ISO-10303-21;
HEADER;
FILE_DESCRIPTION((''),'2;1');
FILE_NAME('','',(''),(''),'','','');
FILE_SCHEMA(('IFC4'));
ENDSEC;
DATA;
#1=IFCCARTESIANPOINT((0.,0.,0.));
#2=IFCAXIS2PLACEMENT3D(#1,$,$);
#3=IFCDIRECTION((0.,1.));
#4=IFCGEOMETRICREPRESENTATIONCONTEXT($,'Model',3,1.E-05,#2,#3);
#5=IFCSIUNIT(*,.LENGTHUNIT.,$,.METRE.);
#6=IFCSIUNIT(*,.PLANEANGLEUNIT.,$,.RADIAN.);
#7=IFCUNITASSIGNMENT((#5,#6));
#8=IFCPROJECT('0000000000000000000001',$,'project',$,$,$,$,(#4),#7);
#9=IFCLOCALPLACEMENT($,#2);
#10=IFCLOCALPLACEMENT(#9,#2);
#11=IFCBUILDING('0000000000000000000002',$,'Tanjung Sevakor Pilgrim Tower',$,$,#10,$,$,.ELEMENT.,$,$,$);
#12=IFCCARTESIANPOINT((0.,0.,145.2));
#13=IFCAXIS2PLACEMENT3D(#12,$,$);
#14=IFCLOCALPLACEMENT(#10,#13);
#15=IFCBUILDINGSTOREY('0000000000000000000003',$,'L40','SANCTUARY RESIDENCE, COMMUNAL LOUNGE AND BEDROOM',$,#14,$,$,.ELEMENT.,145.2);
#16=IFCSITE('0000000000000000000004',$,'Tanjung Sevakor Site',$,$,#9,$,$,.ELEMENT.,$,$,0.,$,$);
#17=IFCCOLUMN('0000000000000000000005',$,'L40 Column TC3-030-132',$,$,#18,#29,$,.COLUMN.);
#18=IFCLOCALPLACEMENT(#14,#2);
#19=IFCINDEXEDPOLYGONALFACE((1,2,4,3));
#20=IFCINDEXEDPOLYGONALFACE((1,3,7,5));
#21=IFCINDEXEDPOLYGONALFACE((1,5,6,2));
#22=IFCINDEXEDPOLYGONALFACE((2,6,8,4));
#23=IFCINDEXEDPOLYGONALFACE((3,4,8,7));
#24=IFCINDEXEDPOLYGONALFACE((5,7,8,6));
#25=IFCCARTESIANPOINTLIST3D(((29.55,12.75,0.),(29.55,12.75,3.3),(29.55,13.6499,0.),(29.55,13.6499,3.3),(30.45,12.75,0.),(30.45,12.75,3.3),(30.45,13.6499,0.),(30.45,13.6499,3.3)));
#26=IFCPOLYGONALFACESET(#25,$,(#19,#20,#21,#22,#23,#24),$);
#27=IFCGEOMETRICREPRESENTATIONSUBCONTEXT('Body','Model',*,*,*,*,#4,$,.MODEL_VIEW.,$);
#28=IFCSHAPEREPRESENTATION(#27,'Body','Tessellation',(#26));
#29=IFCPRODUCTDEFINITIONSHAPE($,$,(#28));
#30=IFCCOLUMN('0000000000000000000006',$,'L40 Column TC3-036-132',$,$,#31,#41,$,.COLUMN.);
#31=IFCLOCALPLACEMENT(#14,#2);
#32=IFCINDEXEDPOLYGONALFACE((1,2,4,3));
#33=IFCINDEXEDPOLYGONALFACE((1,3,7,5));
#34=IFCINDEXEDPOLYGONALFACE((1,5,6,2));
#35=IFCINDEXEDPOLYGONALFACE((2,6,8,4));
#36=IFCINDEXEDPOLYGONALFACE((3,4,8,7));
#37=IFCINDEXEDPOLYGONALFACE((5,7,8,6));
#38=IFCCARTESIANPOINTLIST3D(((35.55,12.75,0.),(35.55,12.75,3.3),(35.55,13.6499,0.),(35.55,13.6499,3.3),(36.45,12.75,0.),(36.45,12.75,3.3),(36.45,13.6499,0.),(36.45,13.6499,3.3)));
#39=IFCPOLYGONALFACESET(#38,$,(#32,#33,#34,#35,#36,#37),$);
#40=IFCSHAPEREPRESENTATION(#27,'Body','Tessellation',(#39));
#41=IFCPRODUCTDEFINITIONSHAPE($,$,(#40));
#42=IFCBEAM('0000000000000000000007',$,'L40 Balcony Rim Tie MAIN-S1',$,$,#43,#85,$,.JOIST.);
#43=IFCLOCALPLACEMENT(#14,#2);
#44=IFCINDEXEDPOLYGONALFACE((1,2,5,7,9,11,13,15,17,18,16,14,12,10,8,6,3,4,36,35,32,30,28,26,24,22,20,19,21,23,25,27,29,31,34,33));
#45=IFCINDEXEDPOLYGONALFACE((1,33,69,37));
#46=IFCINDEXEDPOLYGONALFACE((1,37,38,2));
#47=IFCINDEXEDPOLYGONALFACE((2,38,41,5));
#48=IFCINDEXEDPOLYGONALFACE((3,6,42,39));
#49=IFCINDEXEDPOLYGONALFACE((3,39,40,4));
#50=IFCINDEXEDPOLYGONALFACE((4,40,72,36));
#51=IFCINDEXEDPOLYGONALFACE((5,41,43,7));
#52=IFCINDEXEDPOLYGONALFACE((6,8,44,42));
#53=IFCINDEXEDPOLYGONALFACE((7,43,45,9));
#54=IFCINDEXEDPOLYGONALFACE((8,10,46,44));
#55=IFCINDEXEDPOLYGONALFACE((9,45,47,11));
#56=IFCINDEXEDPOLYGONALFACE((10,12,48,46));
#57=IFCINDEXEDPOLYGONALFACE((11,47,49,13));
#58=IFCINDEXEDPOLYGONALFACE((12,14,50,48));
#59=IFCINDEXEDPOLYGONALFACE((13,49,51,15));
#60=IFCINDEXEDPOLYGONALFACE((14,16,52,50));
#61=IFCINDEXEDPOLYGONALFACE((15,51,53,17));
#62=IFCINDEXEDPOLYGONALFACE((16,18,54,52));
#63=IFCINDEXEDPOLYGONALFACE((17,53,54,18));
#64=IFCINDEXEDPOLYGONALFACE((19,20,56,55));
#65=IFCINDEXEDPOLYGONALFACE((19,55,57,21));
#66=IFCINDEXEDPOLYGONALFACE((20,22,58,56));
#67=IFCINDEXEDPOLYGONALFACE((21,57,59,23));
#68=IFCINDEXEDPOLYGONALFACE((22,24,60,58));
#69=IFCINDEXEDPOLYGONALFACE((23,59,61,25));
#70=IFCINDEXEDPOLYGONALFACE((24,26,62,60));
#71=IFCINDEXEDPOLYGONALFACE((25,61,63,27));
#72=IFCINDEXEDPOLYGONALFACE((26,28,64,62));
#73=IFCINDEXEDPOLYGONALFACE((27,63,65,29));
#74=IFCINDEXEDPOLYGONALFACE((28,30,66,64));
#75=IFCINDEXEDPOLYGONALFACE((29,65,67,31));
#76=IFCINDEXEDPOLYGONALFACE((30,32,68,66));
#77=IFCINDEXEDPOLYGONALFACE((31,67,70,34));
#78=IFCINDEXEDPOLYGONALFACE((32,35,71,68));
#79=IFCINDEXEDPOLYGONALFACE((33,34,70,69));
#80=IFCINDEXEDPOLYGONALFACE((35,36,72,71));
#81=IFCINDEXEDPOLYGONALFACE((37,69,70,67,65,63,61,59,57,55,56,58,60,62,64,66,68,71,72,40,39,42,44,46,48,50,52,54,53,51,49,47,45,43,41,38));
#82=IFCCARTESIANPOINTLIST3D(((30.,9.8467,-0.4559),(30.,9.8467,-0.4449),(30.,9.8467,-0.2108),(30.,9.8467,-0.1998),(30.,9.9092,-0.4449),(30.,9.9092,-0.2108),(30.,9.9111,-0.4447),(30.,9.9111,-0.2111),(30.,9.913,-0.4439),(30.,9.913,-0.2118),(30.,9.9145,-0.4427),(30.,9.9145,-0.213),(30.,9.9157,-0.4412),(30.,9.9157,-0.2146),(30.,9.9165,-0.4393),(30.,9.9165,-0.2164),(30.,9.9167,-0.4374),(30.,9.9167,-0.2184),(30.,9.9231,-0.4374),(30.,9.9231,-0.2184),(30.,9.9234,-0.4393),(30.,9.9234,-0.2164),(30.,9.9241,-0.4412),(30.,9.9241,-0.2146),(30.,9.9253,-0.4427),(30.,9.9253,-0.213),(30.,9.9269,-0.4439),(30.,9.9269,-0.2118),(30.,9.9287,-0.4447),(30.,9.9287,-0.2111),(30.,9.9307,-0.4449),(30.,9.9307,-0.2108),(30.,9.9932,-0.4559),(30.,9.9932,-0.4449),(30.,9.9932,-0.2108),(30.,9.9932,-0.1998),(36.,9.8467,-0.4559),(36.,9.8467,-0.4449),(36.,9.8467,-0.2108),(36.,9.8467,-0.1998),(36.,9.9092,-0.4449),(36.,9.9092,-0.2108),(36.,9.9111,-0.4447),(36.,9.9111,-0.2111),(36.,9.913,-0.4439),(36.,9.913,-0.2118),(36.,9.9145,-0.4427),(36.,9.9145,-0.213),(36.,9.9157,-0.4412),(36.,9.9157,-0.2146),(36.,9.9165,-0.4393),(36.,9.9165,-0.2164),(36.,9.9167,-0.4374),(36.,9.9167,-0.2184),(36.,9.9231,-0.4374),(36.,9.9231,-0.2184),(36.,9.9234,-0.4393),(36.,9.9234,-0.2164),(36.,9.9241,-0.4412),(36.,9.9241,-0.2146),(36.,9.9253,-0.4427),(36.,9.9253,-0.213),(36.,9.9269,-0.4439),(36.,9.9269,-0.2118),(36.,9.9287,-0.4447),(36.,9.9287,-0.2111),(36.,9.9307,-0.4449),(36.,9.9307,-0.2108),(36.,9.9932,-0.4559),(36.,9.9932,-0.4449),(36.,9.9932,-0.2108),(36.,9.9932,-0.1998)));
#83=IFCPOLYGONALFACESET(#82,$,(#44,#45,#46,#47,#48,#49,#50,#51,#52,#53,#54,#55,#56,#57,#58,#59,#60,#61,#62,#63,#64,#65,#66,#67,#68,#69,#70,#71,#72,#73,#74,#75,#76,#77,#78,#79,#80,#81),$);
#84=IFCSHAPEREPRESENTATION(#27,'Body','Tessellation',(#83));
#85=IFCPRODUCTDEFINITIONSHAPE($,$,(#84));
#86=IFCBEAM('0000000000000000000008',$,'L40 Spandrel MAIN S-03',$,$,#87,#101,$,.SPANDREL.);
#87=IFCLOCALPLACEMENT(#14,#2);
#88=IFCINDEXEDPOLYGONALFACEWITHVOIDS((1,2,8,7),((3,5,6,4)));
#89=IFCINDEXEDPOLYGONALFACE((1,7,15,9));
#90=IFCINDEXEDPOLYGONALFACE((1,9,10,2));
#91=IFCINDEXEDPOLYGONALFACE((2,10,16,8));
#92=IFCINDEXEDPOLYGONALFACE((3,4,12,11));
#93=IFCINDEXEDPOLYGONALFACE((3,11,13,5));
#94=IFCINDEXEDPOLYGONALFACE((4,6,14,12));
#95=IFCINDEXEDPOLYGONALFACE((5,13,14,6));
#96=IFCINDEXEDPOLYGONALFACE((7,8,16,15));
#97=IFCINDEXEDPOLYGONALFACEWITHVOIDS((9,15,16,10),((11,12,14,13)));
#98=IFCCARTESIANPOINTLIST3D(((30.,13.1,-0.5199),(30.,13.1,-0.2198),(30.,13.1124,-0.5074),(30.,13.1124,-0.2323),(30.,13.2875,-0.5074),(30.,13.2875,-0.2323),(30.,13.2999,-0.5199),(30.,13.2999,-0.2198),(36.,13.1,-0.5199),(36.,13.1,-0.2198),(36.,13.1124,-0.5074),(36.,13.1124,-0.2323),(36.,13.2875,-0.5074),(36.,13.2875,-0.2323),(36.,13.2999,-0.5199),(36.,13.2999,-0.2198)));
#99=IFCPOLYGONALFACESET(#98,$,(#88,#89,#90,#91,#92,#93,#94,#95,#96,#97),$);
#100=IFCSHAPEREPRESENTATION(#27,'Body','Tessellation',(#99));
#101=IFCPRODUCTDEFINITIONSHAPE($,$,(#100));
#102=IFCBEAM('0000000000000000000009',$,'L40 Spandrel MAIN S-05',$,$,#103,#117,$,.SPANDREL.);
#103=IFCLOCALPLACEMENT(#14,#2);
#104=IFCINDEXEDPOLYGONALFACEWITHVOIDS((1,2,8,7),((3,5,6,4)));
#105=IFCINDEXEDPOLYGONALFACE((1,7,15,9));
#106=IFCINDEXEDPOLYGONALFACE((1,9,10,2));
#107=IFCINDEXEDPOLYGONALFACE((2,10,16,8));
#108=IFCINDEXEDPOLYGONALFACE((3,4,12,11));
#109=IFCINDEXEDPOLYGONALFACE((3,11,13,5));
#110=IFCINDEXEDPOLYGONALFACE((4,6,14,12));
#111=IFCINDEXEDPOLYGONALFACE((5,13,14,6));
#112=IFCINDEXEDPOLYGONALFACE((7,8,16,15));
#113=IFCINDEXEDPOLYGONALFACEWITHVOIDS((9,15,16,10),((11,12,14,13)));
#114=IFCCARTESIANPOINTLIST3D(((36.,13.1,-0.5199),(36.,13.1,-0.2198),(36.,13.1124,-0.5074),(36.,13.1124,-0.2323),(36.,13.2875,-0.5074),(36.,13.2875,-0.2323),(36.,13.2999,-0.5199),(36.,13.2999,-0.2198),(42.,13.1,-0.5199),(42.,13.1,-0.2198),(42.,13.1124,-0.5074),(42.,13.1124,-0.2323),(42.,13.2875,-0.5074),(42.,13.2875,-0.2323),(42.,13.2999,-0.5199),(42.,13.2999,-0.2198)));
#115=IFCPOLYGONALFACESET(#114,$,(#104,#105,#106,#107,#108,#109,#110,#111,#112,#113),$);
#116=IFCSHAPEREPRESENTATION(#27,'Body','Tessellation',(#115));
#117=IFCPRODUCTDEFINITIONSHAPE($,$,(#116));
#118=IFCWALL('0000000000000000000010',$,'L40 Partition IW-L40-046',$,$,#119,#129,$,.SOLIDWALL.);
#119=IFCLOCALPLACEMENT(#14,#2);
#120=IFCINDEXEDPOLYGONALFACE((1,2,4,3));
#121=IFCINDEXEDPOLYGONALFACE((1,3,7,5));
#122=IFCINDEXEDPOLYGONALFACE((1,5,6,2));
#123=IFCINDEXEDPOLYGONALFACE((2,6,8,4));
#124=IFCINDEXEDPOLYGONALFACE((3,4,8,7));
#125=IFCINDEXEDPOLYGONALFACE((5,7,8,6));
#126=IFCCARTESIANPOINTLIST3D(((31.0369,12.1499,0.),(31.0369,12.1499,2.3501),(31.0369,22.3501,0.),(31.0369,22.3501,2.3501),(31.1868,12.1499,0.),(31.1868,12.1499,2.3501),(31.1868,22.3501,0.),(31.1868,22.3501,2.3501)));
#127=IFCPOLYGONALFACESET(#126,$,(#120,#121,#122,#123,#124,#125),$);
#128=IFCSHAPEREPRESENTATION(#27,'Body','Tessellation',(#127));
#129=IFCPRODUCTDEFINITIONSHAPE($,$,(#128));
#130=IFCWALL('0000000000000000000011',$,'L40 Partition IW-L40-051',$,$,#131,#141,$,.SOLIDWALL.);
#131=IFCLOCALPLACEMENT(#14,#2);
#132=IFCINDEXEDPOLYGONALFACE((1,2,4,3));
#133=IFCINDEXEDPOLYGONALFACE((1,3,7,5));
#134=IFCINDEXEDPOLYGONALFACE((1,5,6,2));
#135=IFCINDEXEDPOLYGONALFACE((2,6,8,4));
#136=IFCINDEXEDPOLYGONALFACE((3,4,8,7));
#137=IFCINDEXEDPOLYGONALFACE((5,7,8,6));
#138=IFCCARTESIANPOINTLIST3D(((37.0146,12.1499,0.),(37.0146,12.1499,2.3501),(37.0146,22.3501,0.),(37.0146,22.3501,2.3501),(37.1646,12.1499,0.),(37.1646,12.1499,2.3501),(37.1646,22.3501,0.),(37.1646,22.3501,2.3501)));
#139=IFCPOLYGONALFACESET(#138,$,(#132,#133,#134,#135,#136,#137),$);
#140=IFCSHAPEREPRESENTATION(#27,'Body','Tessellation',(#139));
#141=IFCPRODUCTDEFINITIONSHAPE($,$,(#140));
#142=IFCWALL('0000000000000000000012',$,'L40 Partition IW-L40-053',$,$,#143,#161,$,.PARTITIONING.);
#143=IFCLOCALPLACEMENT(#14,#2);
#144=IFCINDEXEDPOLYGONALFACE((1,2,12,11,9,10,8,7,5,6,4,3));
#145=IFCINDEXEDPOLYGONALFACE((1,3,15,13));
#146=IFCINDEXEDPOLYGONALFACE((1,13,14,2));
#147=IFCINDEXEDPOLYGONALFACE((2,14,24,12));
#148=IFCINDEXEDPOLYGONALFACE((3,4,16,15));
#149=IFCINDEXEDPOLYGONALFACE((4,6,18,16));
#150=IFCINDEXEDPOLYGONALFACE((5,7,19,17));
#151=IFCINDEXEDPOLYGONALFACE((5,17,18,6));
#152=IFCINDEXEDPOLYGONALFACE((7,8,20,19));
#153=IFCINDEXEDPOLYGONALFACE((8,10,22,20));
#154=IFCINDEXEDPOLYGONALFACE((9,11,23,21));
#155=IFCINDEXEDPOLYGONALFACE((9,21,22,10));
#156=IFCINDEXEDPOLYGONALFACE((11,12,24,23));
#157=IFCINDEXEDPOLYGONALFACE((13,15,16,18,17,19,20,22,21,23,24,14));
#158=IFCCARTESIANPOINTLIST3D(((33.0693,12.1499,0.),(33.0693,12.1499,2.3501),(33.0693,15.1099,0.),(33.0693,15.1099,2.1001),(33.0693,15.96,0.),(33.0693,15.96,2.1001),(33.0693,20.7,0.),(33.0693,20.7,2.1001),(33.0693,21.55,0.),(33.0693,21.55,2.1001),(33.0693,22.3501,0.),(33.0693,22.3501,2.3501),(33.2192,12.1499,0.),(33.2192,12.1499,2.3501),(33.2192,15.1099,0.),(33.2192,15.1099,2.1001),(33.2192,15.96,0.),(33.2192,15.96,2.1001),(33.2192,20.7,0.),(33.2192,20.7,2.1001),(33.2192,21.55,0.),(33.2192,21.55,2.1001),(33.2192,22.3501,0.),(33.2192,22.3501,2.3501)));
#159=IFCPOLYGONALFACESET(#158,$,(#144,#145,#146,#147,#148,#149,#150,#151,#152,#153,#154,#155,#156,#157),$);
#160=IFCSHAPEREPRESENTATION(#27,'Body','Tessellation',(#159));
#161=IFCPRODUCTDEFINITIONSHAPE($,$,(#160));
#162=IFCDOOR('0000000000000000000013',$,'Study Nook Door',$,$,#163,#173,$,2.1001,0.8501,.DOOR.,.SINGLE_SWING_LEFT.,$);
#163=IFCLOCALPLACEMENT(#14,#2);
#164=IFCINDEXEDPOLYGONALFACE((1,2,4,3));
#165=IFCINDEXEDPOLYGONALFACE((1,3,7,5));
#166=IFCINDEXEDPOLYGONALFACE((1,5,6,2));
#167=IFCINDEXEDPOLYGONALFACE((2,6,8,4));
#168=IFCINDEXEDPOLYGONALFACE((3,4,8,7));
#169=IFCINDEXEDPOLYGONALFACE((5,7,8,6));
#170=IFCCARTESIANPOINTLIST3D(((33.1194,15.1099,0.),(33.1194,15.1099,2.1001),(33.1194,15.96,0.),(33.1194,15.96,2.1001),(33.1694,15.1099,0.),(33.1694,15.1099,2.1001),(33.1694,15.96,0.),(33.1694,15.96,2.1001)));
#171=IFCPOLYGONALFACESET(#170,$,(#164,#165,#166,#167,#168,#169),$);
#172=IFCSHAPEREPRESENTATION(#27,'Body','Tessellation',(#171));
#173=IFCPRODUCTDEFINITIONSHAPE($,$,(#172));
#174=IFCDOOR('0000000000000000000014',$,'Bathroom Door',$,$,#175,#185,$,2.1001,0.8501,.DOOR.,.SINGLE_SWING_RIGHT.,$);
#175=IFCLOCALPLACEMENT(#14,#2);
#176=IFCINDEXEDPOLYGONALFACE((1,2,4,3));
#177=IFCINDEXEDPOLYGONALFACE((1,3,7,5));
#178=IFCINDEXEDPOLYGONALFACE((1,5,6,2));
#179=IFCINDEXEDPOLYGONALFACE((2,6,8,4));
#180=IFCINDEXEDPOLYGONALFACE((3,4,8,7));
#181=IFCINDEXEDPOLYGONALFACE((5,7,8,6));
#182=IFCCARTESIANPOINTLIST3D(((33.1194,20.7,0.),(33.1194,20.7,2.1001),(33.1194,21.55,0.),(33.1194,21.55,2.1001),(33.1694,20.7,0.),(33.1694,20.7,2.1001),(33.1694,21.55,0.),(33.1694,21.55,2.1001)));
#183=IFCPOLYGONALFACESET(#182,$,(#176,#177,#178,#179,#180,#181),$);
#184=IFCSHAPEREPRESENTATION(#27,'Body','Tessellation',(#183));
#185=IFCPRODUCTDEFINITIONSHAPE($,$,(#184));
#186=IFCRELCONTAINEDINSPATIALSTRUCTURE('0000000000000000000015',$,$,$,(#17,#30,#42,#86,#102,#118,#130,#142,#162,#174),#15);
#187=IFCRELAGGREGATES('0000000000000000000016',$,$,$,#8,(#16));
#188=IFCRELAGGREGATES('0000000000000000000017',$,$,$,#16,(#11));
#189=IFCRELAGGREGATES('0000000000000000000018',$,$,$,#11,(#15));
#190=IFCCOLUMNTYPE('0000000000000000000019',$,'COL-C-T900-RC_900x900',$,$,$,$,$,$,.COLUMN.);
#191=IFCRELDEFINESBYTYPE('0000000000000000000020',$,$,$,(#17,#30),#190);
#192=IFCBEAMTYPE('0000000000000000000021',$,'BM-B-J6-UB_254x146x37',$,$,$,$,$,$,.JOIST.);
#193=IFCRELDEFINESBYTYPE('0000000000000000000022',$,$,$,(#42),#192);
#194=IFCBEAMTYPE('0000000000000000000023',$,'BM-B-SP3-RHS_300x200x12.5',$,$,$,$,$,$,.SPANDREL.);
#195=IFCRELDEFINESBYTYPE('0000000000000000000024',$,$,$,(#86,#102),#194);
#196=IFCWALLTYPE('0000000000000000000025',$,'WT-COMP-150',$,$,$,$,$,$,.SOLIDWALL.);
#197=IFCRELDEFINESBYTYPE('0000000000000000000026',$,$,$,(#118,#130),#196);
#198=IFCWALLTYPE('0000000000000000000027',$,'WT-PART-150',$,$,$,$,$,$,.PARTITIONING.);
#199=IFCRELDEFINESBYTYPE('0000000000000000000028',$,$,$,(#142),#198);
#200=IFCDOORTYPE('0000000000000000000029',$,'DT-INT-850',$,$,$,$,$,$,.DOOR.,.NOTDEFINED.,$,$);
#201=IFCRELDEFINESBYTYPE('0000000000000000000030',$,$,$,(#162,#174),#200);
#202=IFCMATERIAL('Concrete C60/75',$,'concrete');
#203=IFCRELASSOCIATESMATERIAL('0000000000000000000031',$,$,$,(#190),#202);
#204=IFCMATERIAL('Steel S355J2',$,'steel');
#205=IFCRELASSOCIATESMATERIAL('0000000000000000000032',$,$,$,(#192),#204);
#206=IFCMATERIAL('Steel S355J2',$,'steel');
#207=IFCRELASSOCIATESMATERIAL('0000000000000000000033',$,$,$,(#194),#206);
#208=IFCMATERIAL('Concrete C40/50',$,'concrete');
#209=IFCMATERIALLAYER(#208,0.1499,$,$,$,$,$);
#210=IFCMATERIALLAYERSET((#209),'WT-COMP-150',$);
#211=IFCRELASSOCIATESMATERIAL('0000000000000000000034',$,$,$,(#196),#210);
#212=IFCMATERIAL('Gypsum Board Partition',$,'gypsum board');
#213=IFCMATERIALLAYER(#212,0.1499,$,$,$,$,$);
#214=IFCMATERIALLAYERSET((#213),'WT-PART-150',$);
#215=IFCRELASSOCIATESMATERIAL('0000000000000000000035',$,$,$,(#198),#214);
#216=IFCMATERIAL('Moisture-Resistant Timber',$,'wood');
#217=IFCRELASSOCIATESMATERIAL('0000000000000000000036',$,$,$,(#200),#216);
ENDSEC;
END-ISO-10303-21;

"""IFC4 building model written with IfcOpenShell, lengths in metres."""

from ifc_helpers import new_model, si_unit, direction, frame, frame_2d, origin, origin_2d, place, context, subcontext, project, spatial, rectangle, hollow_rectangle, i_section, extrude, material, layer, layer_set, material_profile, profile_set, type_object, element, fill, save


model = new_model("IFC4")

# Units and contexts
model_context = context("Model", 3, precision=1e-05, world=origin(), true_north=direction((0.0, 1.0)))
body_context = subcontext(model_context, "Body", "Model", "MODEL_VIEW")
ifc_project = project(units=[si_unit("LENGTHUNIT", "METRE"), si_unit("PLANEANGLEUNIT", "RADIAN")], contexts=[model_context])

# Site, building, storey
site_placement = place(None, origin())
site = spatial("IfcSite", under=ifc_project, at=site_placement, Name="Tanjung Sevakor Site", CompositionType="ELEMENT", RefElevation=0.0)
building_placement = place(site_placement, origin())
building = spatial("IfcBuilding", under=site, at=building_placement, Name="Tanjung Sevakor Pilgrim Tower", CompositionType="ELEMENT")
storey_placement = place(building_placement, frame((0.0, 0.0, 145.2)))
storey = spatial("IfcBuildingStorey", under=building, at=storey_placement, Name="L40", Description="SANCTUARY RESIDENCE, COMMUNAL LOUNGE AND BEDROOM", CompositionType="ELEMENT", Elevation=145.2)

# Columns
ifc_material_1 = material(Name="Concrete C60/75", Category="concrete")
ifc_material_profile_1 = material_profile(ifc_material_1, rectangle(XDim=0.8999, YDim=0.8999, at=origin_2d()))
ifc_profile_set_1 = profile_set([ifc_material_profile_1], Name="Concrete C60/75")
column_type = type_object("IfcColumnType", Name="COL-C-T900-RC_900x900", PredefinedType="COLUMN", material=ifc_profile_set_1)
for number, where, z_axis, x_axis, name in (
    (1, (30.0, 13.2, 0.0), (0.0, 0.0, 1.0), (1.0, 0.0, 0.0), "L40 Column TC3-030-132"),
    (2, (36.0, 13.2, 0.0), (0.0, 0.0, 1.0), (1.0, 0.0, 0.0), "L40 Column TC3-036-132"),
):
    element("IfcColumn", number, at=place(storey_placement, frame(where, z_axis=z_axis, x_axis=x_axis)), inside=storey, type_object=column_type, Name=name, PredefinedType="COLUMN", context=body_context, shape_type="SweptSolid", body=[
        extrude(rectangle(XDim=0.8999, YDim=0.8999, at=origin_2d()), origin(), (0.0, 0.0, 1.0), 3.3),
    ])

# Beams
ifc_material_2 = material(Name="Steel S355J2", Category="steel")
ifc_material_profile_2 = material_profile(ifc_material_2, i_section(OverallWidth=0.1465, OverallDepth=0.2561, WebThickness=0.0063, FlangeThickness=0.011, FilletRadius=0.0076, at=origin_2d()))
ifc_profile_set_2 = profile_set([ifc_material_profile_2], Name="Steel S355J2")
beam_type_1 = type_object("IfcBeamType", Name="BM-B-J6-UB_254x146x37", PredefinedType="JOIST", material=ifc_profile_set_2)
beam_placement = place(storey_placement, frame((30.0, 9.9199, -0.3279), z_axis=(1.0, 0.0, 0.0), x_axis=(0.0, 1.0, 0.0)))
element("IfcBeam", 3, at=beam_placement, inside=storey, type_object=beam_type_1, Name="L40 Balcony Rim Tie MAIN-S1", PredefinedType="JOIST", context=body_context, shape_type="SweptSolid", body=[
    extrude(i_section(OverallWidth=0.1465, OverallDepth=0.2561, WebThickness=0.0063, FlangeThickness=0.011, FilletRadius=0.0076, at=origin_2d()), origin(), (0.0, 0.0, 1.0), 6.0),
])
ifc_material_3 = material(Name="Steel S355J2", Category="steel")
ifc_material_profile_3 = material_profile(ifc_material_3, hollow_rectangle(XDim=0.2, YDim=0.3, WallThickness=0.0125, at=origin_2d()))
ifc_profile_set_3 = profile_set([ifc_material_profile_3], Name="Steel S355J2")
beam_type_2 = type_object("IfcBeamType", Name="BM-B-SP3-RHS_300x200x12.5", PredefinedType="SPANDREL", material=ifc_profile_set_3)
for number, where, z_axis, x_axis, name in (
    (4, (30.0, 13.2, -0.3699), (1.0, 0.0, 0.0), (0.0, 1.0, 0.0), "L40 Spandrel MAIN S-03"),
    (5, (36.0, 13.2, -0.3699), (1.0, 0.0, 0.0), (0.0, 1.0, 0.0), "L40 Spandrel MAIN S-05"),
):
    element("IfcBeam", number, at=place(storey_placement, frame(where, z_axis=z_axis, x_axis=x_axis)), inside=storey, type_object=beam_type_2, Name=name, PredefinedType="SPANDREL", context=body_context, shape_type="SweptSolid", body=[
        extrude(hollow_rectangle(XDim=0.2, YDim=0.3, WallThickness=0.0125, at=origin_2d()), origin(), (0.0, 0.0, 1.0), 6.0),
    ])

# Walls
ifc_material_4 = material(Name="Concrete C40/50", Category="concrete")
ifc_layer_1 = layer(ifc_material_4, 0.1499)
ifc_layer_set_1 = layer_set([ifc_layer_1], Name="WT-COMP-150")
wall_type_1 = type_object("IfcWallType", Name="WT-COMP-150", PredefinedType="SOLIDWALL", material=ifc_layer_set_1)
for number, where, z_axis, x_axis, name in (
    (6, (31.1118, 12.1499, 0.0), (0.0, 0.0, 1.0), (0.0, 1.0, 0.0), "L40 Partition IW-L40-046"),
    (7, (37.0896, 12.1499, 0.0), (0.0, 0.0, 1.0), (0.0, 1.0, 0.0), "L40 Partition IW-L40-051"),
):
    element("IfcWall", number, at=place(storey_placement, frame(where, z_axis=z_axis, x_axis=x_axis)), inside=storey, type_object=wall_type_1, Name=name, PredefinedType="SOLIDWALL", context=body_context, shape_type="SweptSolid", body=[
        extrude(rectangle(XDim=10.2002, YDim=0.1499, at=frame_2d((5.1001, 0.0))), origin(), (0.0, 0.0, 1.0), 2.3501),
    ])

# Wall, openings, doors
ifc_material_5 = material(Name="Gypsum Board Partition", Category="gypsum board")
ifc_layer_2 = layer(ifc_material_5, 0.1499)
ifc_layer_set_2 = layer_set([ifc_layer_2], Name="WT-PART-150")
wall_type_2 = type_object("IfcWallType", Name="WT-PART-150", PredefinedType="PARTITIONING", material=ifc_layer_set_2)
wall_placement = place(storey_placement, frame((33.1443, 12.1499, 0.0), z_axis=(0.0, 0.0, 1.0), x_axis=(0.0, 1.0, 0.0)))
wall = element("IfcWall", 8, at=wall_placement, inside=storey, type_object=wall_type_2, Name="L40 Partition IW-L40-053", PredefinedType="PARTITIONING", context=body_context, shape_type="SweptSolid", body=[
    extrude(rectangle(XDim=10.2002, YDim=0.1499, at=frame_2d((5.1001, 0.0))), origin(), (0.0, 0.0, 1.0), 2.3501),
])
opening_1_placement = place(wall_placement, frame((2.96, 0.0, 0.0)))
opening_1 = element("IfcOpeningElement", 9, at=opening_1_placement, cuts=wall, PredefinedType="OPENING", context=body_context, shape_type="SweptSolid", body=[
    extrude(rectangle(XDim=0.8501, YDim=2.1001, at=frame_2d((0.425, 1.05))), frame((0.0, 0.085, 0.0), z_axis=(0.0, -1.0, 0.0), x_axis=(1.0, 0.0, 0.0)), (0.0, 0.0, 1.0), 0.1699),
])
opening_2_placement = place(wall_placement, frame((8.55, 0.0, 0.0)))
opening_2 = element("IfcOpeningElement", 10, at=opening_2_placement, cuts=wall, PredefinedType="OPENING", context=body_context, shape_type="SweptSolid", body=[
    extrude(rectangle(XDim=0.8501, YDim=2.1001, at=frame_2d((0.425, 1.05))), frame((0.0, 0.085, 0.0), z_axis=(0.0, -1.0, 0.0), x_axis=(1.0, 0.0, 0.0)), (0.0, 0.0, 1.0), 0.1699),
])
ifc_material_6 = material(Name="Moisture-Resistant Timber", Category="wood")
door_type = type_object("IfcDoorType", Name="DT-INT-850", OperationType="NOTDEFINED", PredefinedType="DOOR", material=ifc_material_6)
door_1_placement = place(opening_1_placement, origin())
door_1 = element("IfcDoor", 11, at=door_1_placement, inside=storey, type_object=door_type, Name="Study Nook Door", OperationType="SINGLE_SWING_LEFT", OverallHeight=2.1001, OverallWidth=0.8501, PredefinedType="DOOR", context=body_context, shape_type="SweptSolid", body=[
    extrude(rectangle(XDim=0.8501, YDim=2.1001, at=frame_2d((0.425, 1.05))), frame((0.0, 0.0249, 0.0), z_axis=(0.0, -1.0, 0.0), x_axis=(1.0, 0.0, 0.0)), (0.0, 0.0, 1.0), 0.05),
])
fill(opening_1, door_1)
door_2_placement = place(opening_2_placement, origin())
door_2 = element("IfcDoor", 12, at=door_2_placement, inside=storey, type_object=door_type, Name="Bathroom Door", OperationType="SINGLE_SWING_RIGHT", OverallHeight=2.1001, OverallWidth=0.8501, PredefinedType="DOOR", context=body_context, shape_type="SweptSolid", body=[
    extrude(rectangle(XDim=0.8501, YDim=2.1001, at=frame_2d((0.425, 1.05))), frame((0.0, 0.0249, 0.0), z_axis=(0.0, -1.0, 0.0), x_axis=(1.0, 0.0, 0.0)), (0.0, 0.0, 1.0), 0.05),
])
fill(opening_2, door_2)

save(model, "model.ifc")
